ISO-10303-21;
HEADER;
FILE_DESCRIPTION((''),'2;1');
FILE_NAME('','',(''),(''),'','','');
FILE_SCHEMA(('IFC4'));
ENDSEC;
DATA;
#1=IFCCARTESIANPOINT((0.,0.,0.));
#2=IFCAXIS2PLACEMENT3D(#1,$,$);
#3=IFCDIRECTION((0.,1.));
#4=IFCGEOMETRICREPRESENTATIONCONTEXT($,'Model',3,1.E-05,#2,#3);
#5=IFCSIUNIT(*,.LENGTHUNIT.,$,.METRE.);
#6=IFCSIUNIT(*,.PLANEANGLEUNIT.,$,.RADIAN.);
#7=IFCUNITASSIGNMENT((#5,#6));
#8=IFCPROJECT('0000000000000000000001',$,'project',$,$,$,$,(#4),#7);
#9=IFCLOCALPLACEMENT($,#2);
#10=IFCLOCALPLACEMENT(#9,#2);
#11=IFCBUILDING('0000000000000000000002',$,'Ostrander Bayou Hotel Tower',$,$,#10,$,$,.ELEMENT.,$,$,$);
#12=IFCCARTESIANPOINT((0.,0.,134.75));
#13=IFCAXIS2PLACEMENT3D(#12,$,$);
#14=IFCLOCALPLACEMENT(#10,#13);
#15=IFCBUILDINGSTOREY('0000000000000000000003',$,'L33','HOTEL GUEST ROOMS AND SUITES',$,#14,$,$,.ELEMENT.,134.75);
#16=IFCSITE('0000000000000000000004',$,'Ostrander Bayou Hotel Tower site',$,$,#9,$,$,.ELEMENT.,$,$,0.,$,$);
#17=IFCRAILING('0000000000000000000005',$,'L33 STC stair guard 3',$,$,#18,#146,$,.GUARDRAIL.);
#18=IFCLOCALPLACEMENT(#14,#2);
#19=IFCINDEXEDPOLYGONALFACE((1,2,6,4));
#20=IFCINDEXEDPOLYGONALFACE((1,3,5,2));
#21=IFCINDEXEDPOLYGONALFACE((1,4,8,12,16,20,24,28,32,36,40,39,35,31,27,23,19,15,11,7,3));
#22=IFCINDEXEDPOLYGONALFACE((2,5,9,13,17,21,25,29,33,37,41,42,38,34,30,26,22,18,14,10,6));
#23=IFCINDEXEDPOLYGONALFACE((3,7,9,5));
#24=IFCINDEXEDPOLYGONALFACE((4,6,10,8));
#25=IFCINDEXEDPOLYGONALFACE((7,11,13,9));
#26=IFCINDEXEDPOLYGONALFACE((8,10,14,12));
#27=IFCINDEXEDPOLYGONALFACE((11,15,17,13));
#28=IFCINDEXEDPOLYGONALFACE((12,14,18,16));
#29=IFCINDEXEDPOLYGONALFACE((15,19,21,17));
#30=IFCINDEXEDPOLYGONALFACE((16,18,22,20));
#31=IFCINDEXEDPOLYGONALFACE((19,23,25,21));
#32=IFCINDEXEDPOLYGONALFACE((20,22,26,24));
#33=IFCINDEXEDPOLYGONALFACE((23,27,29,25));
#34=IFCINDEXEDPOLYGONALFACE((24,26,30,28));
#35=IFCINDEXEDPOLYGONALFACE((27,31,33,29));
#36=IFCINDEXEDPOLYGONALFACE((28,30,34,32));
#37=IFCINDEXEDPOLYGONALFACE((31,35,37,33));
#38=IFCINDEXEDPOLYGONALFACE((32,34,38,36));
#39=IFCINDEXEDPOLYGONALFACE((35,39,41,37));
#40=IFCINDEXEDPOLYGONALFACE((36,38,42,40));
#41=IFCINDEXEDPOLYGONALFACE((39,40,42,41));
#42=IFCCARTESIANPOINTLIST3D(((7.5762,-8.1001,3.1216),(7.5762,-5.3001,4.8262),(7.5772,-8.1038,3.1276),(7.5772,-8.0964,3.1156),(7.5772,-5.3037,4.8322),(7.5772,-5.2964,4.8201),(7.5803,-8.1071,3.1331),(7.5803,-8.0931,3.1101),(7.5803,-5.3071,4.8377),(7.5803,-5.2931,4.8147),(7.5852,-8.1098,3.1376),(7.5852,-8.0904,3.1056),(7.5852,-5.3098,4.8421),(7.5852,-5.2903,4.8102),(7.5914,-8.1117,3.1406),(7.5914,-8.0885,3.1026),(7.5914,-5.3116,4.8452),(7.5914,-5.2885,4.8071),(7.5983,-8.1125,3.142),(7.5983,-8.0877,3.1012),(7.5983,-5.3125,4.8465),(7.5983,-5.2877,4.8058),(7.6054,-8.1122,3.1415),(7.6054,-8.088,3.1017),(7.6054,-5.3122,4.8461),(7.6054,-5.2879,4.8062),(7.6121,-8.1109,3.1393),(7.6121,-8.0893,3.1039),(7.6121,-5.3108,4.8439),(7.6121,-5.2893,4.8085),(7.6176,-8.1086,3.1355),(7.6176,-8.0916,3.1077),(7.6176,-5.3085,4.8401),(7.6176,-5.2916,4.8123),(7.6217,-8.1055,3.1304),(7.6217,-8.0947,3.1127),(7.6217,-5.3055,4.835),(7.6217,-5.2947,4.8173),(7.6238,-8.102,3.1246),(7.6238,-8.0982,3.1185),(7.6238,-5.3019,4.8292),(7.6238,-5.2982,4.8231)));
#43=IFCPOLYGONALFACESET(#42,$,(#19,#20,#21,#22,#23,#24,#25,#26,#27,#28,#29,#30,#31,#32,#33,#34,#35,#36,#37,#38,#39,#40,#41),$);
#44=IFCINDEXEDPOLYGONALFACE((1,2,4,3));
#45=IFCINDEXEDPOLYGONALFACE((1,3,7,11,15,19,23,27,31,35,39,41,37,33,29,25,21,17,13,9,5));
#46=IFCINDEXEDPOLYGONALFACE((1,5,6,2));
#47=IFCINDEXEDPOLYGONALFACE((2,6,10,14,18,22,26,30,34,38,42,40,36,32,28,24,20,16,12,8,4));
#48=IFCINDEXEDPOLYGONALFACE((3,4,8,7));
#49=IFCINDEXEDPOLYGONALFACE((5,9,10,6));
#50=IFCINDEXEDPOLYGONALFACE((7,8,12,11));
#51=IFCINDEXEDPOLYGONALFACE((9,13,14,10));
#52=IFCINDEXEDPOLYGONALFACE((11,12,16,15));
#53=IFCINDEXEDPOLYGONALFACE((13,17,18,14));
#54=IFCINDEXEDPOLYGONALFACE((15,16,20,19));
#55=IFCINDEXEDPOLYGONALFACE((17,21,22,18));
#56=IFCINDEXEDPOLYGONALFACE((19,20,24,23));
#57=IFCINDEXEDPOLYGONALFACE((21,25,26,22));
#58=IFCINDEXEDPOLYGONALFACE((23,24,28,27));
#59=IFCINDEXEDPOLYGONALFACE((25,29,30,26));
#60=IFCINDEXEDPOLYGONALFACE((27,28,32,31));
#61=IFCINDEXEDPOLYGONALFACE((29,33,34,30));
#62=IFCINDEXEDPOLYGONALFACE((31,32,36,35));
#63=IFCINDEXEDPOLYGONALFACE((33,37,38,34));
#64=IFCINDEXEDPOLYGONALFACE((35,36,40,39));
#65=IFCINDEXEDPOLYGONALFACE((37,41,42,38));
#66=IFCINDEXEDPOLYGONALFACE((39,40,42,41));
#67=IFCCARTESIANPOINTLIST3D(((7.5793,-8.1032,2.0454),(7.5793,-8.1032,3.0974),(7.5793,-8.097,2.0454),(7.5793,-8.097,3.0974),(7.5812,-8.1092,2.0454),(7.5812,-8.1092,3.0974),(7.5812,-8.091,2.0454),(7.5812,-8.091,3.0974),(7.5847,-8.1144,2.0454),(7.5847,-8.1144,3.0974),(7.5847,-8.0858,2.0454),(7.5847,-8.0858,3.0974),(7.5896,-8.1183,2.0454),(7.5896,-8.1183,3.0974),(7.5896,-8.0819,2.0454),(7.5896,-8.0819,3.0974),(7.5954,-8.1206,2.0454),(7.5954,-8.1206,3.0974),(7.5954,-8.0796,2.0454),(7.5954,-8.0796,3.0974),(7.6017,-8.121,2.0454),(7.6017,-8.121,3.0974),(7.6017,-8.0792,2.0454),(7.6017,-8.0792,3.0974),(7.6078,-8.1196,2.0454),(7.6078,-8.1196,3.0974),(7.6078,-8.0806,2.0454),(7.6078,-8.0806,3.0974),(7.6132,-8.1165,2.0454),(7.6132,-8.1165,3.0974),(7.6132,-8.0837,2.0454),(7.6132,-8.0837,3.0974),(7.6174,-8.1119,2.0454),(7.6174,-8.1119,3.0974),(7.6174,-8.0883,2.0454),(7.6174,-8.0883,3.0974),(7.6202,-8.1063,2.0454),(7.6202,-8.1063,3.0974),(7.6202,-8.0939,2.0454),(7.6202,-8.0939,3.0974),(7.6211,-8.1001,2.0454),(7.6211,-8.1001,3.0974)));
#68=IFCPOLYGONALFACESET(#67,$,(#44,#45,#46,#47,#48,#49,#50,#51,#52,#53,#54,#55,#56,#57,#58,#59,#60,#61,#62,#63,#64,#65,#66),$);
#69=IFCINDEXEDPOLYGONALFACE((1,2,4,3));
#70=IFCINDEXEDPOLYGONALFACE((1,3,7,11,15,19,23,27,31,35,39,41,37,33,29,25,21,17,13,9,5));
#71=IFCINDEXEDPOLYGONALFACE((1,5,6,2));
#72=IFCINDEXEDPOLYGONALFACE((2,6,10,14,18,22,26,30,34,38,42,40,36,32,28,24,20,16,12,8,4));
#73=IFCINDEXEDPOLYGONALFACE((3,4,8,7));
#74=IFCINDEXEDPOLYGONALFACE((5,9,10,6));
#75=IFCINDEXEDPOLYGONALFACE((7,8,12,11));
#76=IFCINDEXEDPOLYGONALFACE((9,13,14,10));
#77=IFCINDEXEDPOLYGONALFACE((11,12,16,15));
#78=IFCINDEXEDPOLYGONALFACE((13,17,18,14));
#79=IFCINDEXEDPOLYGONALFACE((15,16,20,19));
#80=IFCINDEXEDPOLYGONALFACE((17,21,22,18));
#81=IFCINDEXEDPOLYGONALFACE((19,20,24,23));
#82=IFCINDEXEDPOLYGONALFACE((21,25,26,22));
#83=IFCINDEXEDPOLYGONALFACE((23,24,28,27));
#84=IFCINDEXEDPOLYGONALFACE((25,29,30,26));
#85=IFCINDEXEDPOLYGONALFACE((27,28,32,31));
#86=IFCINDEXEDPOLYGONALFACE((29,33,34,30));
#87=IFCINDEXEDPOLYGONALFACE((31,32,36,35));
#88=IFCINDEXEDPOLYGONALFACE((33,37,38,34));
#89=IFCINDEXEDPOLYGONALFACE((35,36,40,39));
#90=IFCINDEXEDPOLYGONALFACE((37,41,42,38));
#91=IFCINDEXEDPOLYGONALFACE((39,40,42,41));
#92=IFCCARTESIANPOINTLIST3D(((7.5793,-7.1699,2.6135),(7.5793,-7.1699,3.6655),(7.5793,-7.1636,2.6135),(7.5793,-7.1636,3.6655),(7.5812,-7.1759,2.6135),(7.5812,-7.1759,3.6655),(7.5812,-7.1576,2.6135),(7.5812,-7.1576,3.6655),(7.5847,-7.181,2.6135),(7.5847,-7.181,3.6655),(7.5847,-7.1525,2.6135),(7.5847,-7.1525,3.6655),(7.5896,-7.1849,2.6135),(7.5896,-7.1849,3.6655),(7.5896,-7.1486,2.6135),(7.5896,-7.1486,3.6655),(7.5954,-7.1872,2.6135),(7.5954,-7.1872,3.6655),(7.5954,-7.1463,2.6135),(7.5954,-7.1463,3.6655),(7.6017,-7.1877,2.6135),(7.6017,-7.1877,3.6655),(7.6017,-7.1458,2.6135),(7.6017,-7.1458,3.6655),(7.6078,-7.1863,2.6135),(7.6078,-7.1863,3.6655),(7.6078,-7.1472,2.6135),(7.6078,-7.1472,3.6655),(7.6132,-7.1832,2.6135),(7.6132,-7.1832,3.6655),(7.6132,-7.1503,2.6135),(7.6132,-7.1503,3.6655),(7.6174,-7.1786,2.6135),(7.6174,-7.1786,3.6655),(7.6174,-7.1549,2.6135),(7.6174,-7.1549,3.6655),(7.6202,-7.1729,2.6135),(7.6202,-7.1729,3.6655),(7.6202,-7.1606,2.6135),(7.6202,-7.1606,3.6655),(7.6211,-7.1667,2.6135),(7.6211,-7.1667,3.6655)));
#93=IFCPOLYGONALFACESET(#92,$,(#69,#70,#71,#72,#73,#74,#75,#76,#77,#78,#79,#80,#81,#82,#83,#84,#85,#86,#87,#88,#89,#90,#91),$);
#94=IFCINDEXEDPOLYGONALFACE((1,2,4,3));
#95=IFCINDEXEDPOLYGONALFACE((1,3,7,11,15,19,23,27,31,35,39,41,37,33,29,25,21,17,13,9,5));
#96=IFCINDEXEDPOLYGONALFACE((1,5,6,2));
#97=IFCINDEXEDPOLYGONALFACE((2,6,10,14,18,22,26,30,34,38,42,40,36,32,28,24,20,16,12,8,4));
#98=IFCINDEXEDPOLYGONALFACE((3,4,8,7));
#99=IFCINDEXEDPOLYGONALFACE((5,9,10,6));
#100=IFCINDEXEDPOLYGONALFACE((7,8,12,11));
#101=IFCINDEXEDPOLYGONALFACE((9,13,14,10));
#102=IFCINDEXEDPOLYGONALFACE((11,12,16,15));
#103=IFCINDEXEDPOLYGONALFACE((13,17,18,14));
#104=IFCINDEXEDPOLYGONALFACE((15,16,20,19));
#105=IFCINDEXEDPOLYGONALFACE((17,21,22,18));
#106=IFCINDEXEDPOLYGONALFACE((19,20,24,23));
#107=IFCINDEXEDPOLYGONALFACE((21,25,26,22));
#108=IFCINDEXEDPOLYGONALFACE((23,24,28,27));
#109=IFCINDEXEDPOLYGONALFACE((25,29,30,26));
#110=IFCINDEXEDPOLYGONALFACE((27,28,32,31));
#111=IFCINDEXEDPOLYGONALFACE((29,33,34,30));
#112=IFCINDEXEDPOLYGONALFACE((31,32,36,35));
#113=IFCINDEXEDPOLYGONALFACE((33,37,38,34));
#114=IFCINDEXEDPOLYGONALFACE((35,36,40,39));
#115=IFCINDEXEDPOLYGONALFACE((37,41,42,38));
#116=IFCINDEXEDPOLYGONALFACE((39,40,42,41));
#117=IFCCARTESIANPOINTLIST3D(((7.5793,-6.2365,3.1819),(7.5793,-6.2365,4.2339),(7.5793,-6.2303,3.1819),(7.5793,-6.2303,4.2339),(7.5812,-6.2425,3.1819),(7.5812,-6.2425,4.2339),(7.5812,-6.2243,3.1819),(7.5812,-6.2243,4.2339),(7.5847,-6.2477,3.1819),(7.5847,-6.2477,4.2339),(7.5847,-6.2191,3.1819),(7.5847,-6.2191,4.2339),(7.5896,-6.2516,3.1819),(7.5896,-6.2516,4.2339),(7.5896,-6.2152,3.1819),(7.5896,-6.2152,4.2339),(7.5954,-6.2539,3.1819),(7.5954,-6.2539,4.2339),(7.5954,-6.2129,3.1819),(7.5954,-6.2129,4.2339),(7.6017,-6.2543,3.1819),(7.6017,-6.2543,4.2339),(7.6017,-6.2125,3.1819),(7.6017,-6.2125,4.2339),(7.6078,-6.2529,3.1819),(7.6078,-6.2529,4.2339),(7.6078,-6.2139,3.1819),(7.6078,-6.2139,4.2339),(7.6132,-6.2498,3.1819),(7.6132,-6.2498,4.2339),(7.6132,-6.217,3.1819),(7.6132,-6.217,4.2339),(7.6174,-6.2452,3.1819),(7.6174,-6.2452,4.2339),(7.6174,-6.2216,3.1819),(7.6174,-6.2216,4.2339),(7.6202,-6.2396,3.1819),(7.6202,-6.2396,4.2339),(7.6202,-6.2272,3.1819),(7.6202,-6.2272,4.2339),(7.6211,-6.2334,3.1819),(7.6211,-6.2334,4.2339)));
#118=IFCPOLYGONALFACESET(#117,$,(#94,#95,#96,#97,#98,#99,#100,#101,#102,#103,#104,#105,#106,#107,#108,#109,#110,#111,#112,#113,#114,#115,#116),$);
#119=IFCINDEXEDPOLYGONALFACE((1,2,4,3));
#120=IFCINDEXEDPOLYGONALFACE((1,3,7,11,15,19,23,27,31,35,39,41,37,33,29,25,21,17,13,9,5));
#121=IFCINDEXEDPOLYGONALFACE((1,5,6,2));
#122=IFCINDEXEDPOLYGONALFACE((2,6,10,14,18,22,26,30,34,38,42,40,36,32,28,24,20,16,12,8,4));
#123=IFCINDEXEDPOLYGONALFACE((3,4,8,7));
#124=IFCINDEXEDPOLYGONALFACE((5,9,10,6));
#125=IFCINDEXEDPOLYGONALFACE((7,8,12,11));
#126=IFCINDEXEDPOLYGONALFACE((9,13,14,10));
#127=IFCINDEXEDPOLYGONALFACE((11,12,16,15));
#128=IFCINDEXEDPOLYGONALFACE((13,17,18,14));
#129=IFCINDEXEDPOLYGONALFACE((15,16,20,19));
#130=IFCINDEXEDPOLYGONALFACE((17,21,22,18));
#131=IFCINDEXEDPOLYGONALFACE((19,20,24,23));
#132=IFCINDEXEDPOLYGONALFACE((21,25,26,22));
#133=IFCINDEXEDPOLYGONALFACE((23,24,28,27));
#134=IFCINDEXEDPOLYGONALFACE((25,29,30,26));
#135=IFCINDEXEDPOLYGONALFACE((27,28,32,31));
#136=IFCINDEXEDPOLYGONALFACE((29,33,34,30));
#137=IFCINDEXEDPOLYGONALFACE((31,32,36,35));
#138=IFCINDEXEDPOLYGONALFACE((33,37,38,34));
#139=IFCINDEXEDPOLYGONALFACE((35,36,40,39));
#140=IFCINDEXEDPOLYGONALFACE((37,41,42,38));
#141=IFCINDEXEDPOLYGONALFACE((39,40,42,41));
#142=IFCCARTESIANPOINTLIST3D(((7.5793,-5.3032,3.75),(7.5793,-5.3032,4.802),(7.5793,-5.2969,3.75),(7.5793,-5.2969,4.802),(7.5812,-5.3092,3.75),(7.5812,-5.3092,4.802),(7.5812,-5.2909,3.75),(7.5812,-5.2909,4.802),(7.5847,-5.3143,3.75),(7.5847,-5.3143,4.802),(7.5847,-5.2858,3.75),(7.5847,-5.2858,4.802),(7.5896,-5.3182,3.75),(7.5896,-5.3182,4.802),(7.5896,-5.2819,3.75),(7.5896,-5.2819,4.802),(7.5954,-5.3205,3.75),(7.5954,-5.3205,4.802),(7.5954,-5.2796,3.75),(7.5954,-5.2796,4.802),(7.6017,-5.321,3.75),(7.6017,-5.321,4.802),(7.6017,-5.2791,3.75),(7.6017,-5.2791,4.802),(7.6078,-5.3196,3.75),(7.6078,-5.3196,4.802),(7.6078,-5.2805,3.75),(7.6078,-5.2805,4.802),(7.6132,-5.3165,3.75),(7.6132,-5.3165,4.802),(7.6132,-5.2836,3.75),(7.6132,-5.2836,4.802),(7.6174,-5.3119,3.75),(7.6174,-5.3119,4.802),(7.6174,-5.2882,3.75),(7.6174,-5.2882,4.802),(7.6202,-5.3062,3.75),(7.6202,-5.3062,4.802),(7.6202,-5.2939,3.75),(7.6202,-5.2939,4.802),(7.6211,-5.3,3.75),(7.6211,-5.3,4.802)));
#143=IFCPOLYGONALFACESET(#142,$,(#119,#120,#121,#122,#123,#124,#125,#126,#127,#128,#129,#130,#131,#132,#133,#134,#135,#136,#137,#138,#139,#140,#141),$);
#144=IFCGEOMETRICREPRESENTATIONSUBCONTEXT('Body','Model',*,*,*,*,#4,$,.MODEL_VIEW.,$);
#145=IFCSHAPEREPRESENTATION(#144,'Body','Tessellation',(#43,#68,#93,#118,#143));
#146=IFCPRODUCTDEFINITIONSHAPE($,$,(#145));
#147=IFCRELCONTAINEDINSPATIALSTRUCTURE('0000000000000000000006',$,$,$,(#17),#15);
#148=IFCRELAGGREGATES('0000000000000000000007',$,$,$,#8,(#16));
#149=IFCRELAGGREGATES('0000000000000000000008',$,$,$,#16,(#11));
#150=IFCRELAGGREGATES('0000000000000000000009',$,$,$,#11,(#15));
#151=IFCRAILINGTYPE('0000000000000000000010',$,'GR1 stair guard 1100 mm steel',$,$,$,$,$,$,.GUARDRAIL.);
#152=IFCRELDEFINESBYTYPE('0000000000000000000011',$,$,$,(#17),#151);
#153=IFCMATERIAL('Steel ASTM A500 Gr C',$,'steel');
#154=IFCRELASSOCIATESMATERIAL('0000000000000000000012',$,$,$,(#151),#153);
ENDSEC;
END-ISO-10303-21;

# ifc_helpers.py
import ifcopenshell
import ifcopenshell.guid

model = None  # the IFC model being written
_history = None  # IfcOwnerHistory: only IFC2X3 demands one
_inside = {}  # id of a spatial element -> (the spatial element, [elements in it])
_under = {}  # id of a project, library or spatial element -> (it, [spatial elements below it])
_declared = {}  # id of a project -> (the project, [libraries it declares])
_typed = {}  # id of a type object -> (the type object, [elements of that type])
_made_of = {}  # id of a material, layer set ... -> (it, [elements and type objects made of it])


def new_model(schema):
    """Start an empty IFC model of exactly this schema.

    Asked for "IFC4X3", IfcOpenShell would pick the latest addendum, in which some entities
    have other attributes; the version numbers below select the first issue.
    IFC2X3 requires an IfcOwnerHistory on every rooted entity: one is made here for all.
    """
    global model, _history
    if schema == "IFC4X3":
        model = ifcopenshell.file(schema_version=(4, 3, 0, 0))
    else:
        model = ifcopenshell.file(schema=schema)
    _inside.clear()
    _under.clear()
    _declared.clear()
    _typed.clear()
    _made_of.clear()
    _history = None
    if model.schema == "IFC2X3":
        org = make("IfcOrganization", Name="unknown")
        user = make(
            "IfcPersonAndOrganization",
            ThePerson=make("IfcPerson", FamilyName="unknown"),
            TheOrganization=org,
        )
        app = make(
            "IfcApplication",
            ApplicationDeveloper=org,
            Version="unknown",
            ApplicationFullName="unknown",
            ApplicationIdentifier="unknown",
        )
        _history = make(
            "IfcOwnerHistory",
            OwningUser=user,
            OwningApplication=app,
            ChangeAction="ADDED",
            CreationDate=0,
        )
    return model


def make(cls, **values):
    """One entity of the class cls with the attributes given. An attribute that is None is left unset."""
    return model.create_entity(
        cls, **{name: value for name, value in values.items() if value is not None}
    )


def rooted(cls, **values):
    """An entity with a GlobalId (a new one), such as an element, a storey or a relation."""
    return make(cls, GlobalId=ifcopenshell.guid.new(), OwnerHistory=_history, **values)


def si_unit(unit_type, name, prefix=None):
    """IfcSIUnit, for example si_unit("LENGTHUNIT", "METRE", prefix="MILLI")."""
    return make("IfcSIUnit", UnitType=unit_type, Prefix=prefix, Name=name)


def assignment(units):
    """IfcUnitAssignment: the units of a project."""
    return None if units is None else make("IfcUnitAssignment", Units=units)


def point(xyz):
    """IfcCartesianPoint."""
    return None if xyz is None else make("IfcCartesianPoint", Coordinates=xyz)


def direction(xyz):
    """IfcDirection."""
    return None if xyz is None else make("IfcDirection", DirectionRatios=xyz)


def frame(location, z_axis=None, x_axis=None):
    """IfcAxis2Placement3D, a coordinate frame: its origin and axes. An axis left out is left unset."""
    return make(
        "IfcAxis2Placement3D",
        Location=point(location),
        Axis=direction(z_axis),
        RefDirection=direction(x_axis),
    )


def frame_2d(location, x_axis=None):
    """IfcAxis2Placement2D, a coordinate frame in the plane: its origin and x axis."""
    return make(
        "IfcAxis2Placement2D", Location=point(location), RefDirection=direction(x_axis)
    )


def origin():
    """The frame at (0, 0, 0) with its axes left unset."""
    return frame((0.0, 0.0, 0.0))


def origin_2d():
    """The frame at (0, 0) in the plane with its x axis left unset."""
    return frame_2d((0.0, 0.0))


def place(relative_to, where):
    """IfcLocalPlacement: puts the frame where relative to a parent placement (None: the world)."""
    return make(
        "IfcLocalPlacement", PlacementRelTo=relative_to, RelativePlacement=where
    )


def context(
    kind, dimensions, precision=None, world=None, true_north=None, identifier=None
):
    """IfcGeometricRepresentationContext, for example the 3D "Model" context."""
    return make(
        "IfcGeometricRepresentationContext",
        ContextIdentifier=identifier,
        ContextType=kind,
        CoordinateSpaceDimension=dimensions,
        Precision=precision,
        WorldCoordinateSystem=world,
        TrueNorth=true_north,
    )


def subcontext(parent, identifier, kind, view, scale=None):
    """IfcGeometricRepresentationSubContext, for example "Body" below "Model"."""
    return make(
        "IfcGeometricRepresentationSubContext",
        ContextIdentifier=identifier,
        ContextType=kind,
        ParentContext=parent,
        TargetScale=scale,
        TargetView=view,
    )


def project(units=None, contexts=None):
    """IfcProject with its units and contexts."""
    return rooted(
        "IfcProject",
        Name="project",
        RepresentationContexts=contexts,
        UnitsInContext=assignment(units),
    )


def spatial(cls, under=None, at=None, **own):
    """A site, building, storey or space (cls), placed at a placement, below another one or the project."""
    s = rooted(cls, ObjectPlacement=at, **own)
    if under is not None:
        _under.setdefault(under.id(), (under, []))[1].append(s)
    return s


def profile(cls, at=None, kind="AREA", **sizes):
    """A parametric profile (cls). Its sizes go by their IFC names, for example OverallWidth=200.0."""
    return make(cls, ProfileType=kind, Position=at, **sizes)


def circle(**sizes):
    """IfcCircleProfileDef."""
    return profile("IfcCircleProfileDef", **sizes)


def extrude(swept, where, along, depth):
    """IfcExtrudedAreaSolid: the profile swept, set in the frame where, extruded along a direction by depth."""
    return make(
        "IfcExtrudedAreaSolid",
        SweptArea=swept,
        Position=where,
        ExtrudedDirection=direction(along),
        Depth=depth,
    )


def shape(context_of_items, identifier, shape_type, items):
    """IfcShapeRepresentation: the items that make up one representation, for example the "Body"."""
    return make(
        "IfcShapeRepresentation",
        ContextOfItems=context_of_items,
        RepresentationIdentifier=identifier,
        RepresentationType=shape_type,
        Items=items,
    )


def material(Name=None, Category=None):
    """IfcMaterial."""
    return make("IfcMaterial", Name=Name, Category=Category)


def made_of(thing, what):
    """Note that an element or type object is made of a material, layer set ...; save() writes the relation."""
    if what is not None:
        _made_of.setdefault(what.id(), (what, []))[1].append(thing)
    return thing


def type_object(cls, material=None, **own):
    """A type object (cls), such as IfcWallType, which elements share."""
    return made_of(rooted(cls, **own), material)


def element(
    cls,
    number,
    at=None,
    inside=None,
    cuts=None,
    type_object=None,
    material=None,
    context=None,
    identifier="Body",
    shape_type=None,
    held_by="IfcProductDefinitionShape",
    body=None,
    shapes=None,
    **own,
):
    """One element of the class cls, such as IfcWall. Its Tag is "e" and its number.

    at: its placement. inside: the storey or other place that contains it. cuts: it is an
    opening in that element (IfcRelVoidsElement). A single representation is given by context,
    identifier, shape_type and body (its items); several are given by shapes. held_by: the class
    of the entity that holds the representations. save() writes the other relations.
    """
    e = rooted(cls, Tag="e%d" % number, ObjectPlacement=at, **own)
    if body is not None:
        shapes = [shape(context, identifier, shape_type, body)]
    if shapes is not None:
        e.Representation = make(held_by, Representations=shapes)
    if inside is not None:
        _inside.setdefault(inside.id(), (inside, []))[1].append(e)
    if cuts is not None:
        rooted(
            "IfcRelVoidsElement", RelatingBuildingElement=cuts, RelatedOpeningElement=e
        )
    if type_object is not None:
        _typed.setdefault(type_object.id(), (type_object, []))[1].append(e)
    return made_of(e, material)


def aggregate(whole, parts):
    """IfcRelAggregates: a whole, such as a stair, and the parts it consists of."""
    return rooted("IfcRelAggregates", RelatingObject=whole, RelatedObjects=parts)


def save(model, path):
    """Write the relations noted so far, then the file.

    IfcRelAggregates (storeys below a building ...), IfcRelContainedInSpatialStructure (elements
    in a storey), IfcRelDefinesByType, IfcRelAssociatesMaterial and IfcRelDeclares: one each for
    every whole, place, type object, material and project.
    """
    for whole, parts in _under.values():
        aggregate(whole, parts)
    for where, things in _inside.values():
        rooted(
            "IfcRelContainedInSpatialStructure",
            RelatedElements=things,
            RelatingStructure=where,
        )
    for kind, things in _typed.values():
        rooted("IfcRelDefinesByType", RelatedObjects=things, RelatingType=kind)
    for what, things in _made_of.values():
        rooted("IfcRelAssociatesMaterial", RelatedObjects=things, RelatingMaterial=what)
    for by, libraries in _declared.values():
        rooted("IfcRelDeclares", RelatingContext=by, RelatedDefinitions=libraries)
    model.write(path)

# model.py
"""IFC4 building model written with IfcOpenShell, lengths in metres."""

from ifc_helpers import new_model, si_unit, direction, frame, origin, origin_2d, place, context, subcontext, project, spatial, circle, extrude, material, type_object, element, save


model = new_model("IFC4")

# Units and contexts
model_context = context("Model", 3, precision=1e-05, world=origin(), true_north=direction((0.0, 1.0)))
body_context = subcontext(model_context, "Body", "Model", "MODEL_VIEW")
ifc_project = project(units=[si_unit("LENGTHUNIT", "METRE"), si_unit("PLANEANGLEUNIT", "RADIAN")], contexts=[model_context])

# Site, building, storey
site_placement = place(None, origin())
site = spatial("IfcSite", under=ifc_project, at=site_placement, Name="Ostrander Bayou Hotel Tower site", CompositionType="ELEMENT", RefElevation=0.0)
building_placement = place(site_placement, origin())
building = spatial("IfcBuilding", under=site, at=building_placement, Name="Ostrander Bayou Hotel Tower", CompositionType="ELEMENT")
storey_placement = place(building_placement, frame((0.0, 0.0, 134.75)))
storey = spatial("IfcBuildingStorey", under=building, at=storey_placement, Name="L33", Description="HOTEL GUEST ROOMS AND SUITES", CompositionType="ELEMENT", Elevation=134.75)

# Railing
ifc_material_1 = material(Name="Steel ASTM A500 Gr C", Category="steel")
railing_type_1 = type_object("IfcRailingType", Name="GR1 stair guard 1100 mm steel", PredefinedType="GUARDRAIL", material=ifc_material_1)
railing_1_placement = place(storey_placement, frame((7.6001, -8.1001, 2.0454)))
element("IfcRailing", 1, at=railing_1_placement, inside=storey, type_object=railing_type_1, Name="L33 STC stair guard 3", PredefinedType="GUARDRAIL", context=body_context, shape_type="SweptSolid", body=[
    extrude(circle(Radius=0.0239, at=origin_2d()), frame((0.0, 0.0, 1.0762), z_axis=(0.0, 0.85417, 0.519994), x_axis=(-1.0, 0.0, 0.0)), (0.0, 0.0, 1.0), 3.2781),
    extrude(circle(Radius=0.021, at=origin_2d()), origin(), (0.0, 0.0, 1.0), 1.052),
    extrude(circle(Radius=0.021, at=origin_2d()), frame((0.0, 0.9333, 0.5681)), (0.0, 0.0, 1.0), 1.052),
    extrude(circle(Radius=0.021, at=origin_2d()), frame((0.0, 1.8667, 1.1365)), (0.0, 0.0, 1.0), 1.052),
    extrude(circle(Radius=0.021, at=origin_2d()), frame((0.0, 2.8, 1.7046)), (0.0, 0.0, 1.0), 1.052),
])

save(model, "model.ifc")
